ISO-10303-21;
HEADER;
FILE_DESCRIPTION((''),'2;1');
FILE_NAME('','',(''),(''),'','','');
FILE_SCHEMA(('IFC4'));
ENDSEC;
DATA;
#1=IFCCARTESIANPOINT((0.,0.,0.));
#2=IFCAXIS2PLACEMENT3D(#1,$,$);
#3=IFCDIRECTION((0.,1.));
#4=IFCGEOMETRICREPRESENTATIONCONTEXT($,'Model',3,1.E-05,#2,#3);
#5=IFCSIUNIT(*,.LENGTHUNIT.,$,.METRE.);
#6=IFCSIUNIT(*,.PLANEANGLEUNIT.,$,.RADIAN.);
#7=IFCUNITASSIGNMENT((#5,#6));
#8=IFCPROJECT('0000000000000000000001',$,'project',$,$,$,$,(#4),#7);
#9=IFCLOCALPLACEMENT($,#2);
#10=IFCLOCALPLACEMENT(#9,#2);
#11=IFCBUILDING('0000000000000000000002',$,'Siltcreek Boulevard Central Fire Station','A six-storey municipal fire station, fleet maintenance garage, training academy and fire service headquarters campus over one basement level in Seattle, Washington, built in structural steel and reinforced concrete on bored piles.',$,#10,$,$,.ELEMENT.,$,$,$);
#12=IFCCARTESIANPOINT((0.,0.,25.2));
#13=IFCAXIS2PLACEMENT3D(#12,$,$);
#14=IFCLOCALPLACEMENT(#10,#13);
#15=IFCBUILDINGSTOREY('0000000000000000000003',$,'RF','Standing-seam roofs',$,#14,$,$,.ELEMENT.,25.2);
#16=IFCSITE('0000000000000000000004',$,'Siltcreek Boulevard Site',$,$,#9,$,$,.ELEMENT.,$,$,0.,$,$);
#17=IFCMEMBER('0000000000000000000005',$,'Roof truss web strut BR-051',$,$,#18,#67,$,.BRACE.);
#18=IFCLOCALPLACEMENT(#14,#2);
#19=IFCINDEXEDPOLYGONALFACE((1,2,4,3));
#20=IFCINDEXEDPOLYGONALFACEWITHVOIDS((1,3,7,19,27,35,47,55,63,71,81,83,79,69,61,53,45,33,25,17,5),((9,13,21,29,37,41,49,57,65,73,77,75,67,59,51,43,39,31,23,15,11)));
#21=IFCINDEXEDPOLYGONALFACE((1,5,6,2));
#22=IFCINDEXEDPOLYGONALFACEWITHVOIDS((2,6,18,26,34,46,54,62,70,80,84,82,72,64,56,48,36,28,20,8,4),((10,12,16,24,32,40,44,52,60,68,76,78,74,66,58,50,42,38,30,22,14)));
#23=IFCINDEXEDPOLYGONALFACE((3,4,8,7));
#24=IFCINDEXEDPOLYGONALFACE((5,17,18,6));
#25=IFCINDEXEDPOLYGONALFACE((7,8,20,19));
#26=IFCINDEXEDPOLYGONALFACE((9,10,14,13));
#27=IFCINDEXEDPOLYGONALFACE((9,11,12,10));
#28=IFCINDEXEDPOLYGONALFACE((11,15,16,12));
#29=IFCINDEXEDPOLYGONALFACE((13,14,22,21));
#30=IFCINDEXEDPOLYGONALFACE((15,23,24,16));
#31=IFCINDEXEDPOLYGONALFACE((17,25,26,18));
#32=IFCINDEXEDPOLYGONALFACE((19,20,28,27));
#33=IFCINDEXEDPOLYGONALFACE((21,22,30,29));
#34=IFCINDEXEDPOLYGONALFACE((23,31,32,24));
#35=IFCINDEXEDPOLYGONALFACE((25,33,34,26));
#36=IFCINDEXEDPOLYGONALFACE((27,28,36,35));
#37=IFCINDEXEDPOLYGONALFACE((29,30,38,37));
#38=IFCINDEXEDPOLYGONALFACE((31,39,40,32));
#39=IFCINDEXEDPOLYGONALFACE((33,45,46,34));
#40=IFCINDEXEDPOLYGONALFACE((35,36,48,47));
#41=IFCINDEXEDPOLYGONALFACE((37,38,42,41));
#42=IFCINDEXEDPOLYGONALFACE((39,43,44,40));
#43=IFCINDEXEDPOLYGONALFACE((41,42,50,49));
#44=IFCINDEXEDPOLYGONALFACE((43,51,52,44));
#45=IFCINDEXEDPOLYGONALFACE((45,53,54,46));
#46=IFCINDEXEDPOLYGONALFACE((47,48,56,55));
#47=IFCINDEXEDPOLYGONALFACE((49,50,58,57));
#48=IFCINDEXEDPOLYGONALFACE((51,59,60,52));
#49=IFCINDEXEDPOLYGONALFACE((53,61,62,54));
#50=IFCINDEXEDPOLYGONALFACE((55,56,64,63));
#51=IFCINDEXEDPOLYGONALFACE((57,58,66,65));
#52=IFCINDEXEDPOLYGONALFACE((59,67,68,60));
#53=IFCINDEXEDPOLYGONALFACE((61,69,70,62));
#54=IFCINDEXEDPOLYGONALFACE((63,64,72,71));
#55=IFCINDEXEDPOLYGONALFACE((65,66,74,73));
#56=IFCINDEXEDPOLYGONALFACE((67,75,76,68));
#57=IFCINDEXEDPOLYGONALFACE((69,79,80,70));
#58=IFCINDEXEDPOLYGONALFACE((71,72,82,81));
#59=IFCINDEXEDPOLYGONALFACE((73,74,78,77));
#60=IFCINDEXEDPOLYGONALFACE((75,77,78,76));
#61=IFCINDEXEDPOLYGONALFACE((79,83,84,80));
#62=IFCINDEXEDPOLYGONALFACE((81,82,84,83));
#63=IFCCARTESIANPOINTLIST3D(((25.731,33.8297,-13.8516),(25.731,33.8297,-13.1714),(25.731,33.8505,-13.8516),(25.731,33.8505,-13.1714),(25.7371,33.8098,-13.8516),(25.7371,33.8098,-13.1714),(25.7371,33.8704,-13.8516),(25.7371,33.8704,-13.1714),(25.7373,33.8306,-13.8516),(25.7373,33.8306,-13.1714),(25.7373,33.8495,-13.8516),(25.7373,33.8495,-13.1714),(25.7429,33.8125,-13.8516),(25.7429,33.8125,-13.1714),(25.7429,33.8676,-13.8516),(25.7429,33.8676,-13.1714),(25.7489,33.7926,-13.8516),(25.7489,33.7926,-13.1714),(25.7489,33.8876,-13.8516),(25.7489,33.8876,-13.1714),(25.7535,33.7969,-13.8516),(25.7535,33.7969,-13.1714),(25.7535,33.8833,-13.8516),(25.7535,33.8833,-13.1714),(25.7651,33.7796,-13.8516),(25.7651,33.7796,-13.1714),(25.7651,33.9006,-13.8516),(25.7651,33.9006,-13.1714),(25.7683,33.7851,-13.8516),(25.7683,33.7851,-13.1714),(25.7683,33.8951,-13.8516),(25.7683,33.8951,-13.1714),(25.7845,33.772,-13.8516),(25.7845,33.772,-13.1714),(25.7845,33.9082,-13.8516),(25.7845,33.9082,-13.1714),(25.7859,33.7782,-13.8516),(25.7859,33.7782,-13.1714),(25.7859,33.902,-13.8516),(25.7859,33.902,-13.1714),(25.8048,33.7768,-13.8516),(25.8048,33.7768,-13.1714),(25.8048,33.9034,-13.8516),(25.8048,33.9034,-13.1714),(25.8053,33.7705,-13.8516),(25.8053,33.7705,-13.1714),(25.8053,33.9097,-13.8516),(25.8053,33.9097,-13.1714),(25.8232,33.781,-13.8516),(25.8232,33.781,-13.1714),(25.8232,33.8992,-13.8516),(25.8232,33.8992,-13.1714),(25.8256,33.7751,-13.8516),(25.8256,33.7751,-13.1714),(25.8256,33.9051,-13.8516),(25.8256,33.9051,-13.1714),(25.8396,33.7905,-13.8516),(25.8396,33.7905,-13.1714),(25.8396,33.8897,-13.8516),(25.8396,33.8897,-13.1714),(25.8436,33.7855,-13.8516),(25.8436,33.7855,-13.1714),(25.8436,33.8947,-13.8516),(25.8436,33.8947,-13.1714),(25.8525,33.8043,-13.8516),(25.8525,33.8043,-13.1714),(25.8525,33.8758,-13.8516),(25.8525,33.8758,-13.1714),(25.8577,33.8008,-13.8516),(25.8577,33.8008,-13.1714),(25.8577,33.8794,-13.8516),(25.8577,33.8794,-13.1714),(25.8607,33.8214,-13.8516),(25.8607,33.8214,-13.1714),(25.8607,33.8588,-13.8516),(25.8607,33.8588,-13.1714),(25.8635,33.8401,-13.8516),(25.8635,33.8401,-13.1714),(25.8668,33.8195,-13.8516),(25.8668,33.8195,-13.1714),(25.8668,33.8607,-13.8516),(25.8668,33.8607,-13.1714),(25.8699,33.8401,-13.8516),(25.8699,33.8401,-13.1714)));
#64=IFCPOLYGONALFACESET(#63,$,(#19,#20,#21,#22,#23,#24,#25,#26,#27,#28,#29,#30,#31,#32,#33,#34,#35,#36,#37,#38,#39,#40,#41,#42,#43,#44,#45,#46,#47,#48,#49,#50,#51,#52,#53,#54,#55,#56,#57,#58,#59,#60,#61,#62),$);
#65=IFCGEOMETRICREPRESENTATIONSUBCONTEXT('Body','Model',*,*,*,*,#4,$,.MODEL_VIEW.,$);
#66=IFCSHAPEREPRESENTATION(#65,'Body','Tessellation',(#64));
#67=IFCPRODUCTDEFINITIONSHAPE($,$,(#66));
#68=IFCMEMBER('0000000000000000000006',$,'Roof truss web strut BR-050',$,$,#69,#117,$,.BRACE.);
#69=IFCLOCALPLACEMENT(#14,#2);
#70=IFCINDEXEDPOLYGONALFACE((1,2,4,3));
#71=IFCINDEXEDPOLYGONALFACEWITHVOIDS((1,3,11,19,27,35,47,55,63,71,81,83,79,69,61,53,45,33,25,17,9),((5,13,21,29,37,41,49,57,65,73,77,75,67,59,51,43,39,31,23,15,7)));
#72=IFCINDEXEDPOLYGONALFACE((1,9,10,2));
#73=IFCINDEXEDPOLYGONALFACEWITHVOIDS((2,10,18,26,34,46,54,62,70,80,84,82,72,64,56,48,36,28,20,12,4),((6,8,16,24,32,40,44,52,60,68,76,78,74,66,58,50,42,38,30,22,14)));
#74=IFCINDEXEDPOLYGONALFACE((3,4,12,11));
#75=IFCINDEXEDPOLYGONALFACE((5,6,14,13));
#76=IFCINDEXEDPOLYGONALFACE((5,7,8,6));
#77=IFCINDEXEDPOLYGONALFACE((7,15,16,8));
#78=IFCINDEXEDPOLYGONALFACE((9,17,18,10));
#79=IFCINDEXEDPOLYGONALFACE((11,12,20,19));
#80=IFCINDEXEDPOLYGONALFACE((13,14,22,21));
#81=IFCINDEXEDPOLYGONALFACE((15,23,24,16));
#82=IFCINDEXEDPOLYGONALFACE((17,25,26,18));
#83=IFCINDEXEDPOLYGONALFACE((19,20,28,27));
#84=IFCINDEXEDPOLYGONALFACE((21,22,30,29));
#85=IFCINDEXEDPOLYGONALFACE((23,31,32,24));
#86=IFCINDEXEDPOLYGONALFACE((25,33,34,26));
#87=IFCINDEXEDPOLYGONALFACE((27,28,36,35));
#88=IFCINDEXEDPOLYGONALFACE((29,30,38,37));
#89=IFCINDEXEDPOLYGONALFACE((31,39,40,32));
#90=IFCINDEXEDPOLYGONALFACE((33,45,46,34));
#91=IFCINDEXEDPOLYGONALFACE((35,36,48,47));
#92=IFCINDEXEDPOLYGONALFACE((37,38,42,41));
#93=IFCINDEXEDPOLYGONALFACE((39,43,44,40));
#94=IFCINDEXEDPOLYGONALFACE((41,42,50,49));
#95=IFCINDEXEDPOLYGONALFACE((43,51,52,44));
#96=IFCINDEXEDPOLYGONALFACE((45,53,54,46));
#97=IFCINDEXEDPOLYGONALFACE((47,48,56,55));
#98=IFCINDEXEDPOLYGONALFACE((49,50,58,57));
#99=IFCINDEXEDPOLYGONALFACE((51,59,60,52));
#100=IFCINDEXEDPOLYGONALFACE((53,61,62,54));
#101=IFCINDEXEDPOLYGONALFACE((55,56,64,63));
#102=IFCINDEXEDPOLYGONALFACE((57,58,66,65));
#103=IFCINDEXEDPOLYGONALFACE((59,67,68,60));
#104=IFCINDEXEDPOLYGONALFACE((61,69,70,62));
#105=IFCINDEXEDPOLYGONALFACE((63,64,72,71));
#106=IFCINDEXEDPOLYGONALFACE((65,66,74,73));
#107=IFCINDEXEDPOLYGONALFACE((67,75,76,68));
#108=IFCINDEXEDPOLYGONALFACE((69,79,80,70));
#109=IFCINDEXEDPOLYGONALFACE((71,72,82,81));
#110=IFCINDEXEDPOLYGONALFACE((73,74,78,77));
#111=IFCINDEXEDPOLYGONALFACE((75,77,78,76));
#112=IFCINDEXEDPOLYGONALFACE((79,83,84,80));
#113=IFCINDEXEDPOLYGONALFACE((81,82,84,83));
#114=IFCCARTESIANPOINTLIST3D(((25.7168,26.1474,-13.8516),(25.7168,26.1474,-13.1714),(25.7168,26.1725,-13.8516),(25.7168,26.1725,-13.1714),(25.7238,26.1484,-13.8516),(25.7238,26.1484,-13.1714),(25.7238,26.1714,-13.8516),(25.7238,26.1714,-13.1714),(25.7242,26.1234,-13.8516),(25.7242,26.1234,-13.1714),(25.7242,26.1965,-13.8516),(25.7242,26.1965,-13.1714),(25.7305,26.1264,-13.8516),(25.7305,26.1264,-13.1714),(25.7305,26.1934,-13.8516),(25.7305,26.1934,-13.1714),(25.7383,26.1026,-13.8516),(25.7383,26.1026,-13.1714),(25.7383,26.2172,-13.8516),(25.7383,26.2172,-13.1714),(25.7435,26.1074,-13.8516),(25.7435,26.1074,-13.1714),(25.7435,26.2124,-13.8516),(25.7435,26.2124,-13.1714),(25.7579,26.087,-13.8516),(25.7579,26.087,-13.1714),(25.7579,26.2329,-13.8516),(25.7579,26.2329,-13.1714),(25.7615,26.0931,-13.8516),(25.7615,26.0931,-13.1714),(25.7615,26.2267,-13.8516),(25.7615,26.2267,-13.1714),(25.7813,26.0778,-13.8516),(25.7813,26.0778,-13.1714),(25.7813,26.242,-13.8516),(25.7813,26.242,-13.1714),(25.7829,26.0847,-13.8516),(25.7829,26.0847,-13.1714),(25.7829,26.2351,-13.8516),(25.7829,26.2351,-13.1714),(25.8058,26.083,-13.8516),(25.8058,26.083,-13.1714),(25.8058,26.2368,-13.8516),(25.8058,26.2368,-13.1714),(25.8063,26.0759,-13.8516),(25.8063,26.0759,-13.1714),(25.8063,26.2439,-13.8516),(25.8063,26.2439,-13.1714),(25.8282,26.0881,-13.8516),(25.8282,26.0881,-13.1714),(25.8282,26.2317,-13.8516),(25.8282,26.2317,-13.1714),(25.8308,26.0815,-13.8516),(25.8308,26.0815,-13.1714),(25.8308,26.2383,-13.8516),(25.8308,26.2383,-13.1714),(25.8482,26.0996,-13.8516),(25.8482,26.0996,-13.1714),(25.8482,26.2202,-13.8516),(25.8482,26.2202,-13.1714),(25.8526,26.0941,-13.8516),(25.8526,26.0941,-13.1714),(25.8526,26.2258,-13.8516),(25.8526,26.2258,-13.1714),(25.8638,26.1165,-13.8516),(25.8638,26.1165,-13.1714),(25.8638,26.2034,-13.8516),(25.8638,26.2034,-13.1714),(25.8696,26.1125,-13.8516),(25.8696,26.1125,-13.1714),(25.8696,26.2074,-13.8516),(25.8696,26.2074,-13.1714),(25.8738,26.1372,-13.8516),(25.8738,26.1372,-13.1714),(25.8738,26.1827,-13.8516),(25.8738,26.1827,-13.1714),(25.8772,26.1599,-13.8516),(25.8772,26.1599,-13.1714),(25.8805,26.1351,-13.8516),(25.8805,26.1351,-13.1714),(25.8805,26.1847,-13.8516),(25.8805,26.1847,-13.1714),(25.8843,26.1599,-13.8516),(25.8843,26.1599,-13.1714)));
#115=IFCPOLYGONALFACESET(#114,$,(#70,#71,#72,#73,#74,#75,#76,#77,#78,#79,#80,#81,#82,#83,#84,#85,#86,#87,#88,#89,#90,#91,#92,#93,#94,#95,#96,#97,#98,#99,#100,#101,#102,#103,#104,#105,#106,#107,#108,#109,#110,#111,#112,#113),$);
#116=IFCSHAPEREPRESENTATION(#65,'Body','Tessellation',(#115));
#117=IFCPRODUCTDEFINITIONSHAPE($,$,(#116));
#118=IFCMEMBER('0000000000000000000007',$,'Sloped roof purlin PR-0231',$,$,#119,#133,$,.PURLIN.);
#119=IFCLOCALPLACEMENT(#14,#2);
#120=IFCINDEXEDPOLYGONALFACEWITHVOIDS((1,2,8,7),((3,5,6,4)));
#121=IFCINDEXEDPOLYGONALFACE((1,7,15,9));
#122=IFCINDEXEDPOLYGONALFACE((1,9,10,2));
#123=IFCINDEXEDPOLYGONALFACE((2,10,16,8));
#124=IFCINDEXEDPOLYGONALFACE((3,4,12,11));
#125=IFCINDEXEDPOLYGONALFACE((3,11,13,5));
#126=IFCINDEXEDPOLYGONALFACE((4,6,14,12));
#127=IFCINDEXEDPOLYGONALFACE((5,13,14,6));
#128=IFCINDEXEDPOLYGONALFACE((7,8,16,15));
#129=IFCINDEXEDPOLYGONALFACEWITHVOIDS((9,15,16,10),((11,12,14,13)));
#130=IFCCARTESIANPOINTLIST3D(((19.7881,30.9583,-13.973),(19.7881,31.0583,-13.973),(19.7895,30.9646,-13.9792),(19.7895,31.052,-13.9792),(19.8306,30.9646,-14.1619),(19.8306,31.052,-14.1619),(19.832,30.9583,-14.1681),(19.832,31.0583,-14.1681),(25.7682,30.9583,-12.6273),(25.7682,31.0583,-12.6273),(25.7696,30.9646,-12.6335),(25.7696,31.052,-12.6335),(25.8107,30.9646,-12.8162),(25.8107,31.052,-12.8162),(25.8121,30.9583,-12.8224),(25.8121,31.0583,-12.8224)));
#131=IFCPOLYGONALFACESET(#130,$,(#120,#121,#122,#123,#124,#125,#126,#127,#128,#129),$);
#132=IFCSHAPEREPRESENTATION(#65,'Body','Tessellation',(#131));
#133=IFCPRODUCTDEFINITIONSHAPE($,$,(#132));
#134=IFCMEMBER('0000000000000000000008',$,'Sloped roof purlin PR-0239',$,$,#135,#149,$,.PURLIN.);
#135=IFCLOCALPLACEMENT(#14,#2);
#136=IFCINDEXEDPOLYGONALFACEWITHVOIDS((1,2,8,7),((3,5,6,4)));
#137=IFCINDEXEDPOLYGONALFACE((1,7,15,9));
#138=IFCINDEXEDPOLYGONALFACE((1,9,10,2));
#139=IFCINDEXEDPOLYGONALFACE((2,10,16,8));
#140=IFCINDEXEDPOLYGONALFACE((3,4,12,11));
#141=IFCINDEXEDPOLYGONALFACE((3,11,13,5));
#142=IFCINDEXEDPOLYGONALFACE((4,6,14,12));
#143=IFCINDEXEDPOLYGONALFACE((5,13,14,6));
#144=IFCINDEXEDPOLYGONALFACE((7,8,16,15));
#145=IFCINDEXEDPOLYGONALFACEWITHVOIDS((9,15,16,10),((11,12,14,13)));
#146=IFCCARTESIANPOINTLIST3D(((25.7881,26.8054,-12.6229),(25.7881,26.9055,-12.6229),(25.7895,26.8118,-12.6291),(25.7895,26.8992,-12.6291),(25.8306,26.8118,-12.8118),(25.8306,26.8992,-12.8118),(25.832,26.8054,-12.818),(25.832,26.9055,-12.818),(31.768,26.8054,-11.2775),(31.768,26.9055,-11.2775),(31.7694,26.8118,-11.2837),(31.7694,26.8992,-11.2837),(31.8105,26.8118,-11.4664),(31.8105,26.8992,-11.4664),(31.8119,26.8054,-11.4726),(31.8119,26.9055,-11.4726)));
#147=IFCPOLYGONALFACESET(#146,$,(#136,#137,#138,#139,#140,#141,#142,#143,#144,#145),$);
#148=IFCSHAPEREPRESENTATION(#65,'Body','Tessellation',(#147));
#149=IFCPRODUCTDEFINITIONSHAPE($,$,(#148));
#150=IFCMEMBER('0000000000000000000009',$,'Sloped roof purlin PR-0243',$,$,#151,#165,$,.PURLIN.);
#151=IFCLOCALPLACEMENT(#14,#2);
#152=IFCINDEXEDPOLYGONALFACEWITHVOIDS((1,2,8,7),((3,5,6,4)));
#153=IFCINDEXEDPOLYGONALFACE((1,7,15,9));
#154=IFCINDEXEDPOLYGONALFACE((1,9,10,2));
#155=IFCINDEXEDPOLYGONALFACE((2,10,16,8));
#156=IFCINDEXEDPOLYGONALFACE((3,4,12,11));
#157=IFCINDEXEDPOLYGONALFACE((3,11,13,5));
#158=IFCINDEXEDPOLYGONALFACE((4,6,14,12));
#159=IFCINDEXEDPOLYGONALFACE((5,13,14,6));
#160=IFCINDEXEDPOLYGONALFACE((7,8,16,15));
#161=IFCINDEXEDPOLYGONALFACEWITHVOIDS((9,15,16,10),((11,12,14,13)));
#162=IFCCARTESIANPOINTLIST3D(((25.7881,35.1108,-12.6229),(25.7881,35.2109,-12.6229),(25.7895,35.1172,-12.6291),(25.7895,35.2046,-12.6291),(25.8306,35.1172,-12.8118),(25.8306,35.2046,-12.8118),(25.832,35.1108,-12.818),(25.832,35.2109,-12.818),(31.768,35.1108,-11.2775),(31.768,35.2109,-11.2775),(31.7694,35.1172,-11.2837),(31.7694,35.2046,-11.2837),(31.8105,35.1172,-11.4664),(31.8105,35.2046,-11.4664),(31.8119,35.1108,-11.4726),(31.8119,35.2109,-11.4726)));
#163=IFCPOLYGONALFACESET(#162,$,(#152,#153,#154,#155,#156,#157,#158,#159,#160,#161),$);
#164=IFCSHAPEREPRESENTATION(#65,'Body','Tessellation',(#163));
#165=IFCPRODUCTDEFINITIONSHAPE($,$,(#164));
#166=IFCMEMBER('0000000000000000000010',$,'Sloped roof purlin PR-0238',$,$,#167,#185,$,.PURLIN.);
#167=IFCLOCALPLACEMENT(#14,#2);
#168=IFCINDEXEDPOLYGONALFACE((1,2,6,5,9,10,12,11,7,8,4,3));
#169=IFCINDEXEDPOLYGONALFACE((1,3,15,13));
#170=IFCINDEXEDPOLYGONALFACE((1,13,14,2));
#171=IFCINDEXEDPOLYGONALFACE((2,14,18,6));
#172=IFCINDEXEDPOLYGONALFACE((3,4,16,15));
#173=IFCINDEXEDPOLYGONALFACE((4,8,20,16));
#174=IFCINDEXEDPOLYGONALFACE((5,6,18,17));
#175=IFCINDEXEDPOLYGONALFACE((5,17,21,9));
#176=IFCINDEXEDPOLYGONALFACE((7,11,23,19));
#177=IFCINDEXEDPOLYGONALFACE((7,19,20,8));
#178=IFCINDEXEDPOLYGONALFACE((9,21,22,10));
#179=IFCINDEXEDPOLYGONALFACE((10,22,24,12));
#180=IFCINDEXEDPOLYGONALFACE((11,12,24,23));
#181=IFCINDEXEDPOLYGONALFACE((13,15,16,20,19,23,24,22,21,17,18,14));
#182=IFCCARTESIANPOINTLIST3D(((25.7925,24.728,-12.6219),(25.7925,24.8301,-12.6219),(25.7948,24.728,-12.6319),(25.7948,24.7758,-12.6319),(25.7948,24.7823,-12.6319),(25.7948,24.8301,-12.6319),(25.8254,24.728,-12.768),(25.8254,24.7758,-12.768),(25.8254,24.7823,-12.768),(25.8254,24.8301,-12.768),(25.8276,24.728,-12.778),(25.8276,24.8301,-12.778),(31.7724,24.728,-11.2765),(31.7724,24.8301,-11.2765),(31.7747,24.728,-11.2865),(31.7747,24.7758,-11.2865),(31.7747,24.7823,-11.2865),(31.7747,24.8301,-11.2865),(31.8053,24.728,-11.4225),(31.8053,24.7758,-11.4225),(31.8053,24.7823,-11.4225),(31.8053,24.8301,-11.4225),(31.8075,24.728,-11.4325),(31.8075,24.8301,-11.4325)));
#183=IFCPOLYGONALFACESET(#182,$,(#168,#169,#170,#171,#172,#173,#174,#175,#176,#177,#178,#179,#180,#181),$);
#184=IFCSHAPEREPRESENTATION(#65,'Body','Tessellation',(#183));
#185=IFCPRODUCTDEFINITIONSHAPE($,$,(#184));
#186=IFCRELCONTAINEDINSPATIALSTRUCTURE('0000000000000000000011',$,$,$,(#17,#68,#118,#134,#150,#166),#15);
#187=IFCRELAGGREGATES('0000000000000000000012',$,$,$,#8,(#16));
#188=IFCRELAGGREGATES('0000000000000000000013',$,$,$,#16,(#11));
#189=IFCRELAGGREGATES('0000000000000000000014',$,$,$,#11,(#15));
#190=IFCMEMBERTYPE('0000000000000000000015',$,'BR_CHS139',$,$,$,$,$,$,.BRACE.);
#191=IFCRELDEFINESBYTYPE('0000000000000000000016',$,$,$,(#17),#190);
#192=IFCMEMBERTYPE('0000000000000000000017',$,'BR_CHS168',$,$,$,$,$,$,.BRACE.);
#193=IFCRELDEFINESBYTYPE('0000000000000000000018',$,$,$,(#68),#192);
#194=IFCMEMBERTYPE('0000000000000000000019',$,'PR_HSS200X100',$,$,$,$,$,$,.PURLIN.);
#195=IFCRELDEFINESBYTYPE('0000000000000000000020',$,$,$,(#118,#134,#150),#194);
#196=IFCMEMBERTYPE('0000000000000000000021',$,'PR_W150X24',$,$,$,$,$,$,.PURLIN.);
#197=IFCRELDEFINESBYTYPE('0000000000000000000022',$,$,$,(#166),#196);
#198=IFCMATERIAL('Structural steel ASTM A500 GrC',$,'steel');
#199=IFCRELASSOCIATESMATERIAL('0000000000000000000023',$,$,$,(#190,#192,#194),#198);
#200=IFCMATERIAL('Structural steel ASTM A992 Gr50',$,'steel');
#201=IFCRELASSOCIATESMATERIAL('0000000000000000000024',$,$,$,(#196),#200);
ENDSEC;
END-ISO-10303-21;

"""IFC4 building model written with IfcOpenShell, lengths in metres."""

from ifc_helpers import new_model, si_unit, direction, frame, origin, origin_2d, place, context, subcontext, project, spatial, hollow_rectangle, hollow_circle, i_section, extrude, material, material_profile, profile_set, type_object, element, save


model = new_model("IFC4")

# Units and contexts
model_context = context("Model", 3, precision=1e-05, world=origin(), true_north=direction((0.0, 1.0)))
body_context = subcontext(model_context, "Body", "Model", "MODEL_VIEW")
ifc_project = project(units=[si_unit("LENGTHUNIT", "METRE"), si_unit("PLANEANGLEUNIT", "RADIAN")], contexts=[model_context])

# Site, building, storey
site_placement = place(None, origin())
site = spatial("IfcSite", under=ifc_project, at=site_placement, Name="Siltcreek Boulevard Site", CompositionType="ELEMENT", RefElevation=0.0)
building_placement = place(site_placement, origin())
building = spatial("IfcBuilding", under=site, at=building_placement, Name="Siltcreek Boulevard Central Fire Station", Description="A six-storey municipal fire station, fleet maintenance garage, training academy and fire service headquarters campus over one basement level in Seattle, Washington, built in structural steel and reinforced concrete on bored piles.", CompositionType="ELEMENT")
storey_placement = place(building_placement, frame((0.0, 0.0, 25.2)))
storey = spatial("IfcBuildingStorey", under=building, at=storey_placement, Name="RF", Description="Standing-seam roofs", CompositionType="ELEMENT", Elevation=25.2)

# Members
ifc_material_1 = material(Name="Structural steel ASTM A500 GrC", Category="steel")
ifc_material_profile_1 = material_profile(ifc_material_1, hollow_circle(Radius=0.0698, WallThickness=0.0063, at=origin_2d()), Name="HSS139.7X6.4")
ifc_profile_set_1 = profile_set([ifc_material_profile_1], Name="Structural steel ASTM A500 GrC")
member_type_1 = type_object("IfcMemberType", Name="BR_CHS139", PredefinedType="BRACE", material=ifc_profile_set_1)
member_1_placement = place(storey_placement, frame((25.8, 33.8401, -13.8516), z_axis=(0.0, 0.0, 1.0), x_axis=(1.0, 0.0, 0.0)))
element("IfcMember", 1, at=member_1_placement, inside=storey, type_object=member_type_1, Name="Roof truss web strut BR-051", PredefinedType="BRACE", context=body_context, shape_type="SweptSolid", body=[
    extrude(hollow_circle(Radius=0.0698, WallThickness=0.0063, at=origin_2d()), origin(), (0.0, 0.0, 1.0), 0.6802),
])
ifc_material_profile_2 = material_profile(ifc_material_1, hollow_circle(Radius=0.0842, WallThickness=0.0071, at=origin_2d()), Name="HSS168.3X7.1")
ifc_profile_set_2 = profile_set([ifc_material_profile_2], Name="Structural steel ASTM A500 GrC")
member_type_2 = type_object("IfcMemberType", Name="BR_CHS168", PredefinedType="BRACE", material=ifc_profile_set_2)
member_2_placement = place(storey_placement, frame((25.8, 26.1599, -13.8516), z_axis=(0.0, 0.0, 1.0), x_axis=(1.0, 0.0, 0.0)))
element("IfcMember", 2, at=member_2_placement, inside=storey, type_object=member_type_2, Name="Roof truss web strut BR-050", PredefinedType="BRACE", context=body_context, shape_type="SweptSolid", body=[
    extrude(hollow_circle(Radius=0.0842, WallThickness=0.0071, at=origin_2d()), origin(), (0.0, 0.0, 1.0), 0.6802),
])
ifc_material_profile_3 = material_profile(ifc_material_1, hollow_rectangle(XDim=0.1001, YDim=0.2, WallThickness=0.0063, at=origin_2d()), Name="HSS200X100X6.4")
ifc_profile_set_3 = profile_set([ifc_material_profile_3], Name="Structural steel ASTM A500 GrC")
member_type_3 = type_object("IfcMemberType", Name="PR_HSS200X100", PredefinedType="PURLIN", material=ifc_profile_set_3)
member_3_placement = place(storey_placement, frame((19.8101, 31.0083, -14.0706), z_axis=(0.975603, 0.0, 0.219544), x_axis=(0.0, 1.0, 0.0)))
element("IfcMember", 3, at=member_3_placement, inside=storey, type_object=member_type_3, Name="Sloped roof purlin PR-0231", PredefinedType="PURLIN", context=body_context, shape_type="SweptSolid", body=[
    extrude(hollow_rectangle(XDim=0.1001, YDim=0.2, WallThickness=0.0063, at=origin_2d()), origin(), (0.0, 0.0, 1.0), 6.1296),
])
for number, where, z_axis, x_axis, name in (
    (4, (25.8101, 26.8555, -12.7205), (0.975611, 0.0, 0.219507), (0.0, 1.0, 0.0), "Sloped roof purlin PR-0239"),
    (5, (25.8101, 35.1609, -12.7205), (0.975611, 0.0, 0.219507), (0.0, 1.0, 0.0), "Sloped roof purlin PR-0243"),
):
    element("IfcMember", number, at=place(storey_placement, frame(where, z_axis=z_axis, x_axis=x_axis)), inside=storey, type_object=member_type_3, Name=name, PredefinedType="PURLIN", context=body_context, shape_type="SweptSolid", body=[
        extrude(hollow_rectangle(XDim=0.1001, YDim=0.2, WallThickness=0.0063, at=origin_2d()), origin(), (0.0, 0.0, 1.0), 6.1294),
    ])
ifc_material_2 = material(Name="Structural steel ASTM A992 Gr50", Category="steel")
ifc_material_profile_4 = material_profile(ifc_material_2, i_section(OverallWidth=0.1021, OverallDepth=0.1599, WebThickness=0.0066, FlangeThickness=0.0103, at=origin_2d()), Name="W150X24")
ifc_profile_set_4 = profile_set([ifc_material_profile_4], Name="Structural steel ASTM A992 Gr50")
member_type_4 = type_object("IfcMemberType", Name="PR_W150X24", PredefinedType="PURLIN", material=ifc_profile_set_4)
for number, where, z_axis, x_axis, name in (
    (6, (25.8101, 24.7791, -12.7), (0.975611, 0.0, 0.219507), (0.0, 1.0, 0.0), "Sloped roof purlin PR-0238"),
):
    element("IfcMember", number, at=place(storey_placement, frame(where, z_axis=z_axis, x_axis=x_axis)), inside=storey, type_object=member_type_4, Name=name, PredefinedType="PURLIN", context=body_context, shape_type="SweptSolid", body=[
        extrude(i_section(OverallWidth=0.1021, OverallDepth=0.1599, WebThickness=0.0066, FlangeThickness=0.0103, at=origin_2d()), origin(), (0.0, 0.0, 1.0), 6.1294),
    ])

save(model, "model.ifc")
